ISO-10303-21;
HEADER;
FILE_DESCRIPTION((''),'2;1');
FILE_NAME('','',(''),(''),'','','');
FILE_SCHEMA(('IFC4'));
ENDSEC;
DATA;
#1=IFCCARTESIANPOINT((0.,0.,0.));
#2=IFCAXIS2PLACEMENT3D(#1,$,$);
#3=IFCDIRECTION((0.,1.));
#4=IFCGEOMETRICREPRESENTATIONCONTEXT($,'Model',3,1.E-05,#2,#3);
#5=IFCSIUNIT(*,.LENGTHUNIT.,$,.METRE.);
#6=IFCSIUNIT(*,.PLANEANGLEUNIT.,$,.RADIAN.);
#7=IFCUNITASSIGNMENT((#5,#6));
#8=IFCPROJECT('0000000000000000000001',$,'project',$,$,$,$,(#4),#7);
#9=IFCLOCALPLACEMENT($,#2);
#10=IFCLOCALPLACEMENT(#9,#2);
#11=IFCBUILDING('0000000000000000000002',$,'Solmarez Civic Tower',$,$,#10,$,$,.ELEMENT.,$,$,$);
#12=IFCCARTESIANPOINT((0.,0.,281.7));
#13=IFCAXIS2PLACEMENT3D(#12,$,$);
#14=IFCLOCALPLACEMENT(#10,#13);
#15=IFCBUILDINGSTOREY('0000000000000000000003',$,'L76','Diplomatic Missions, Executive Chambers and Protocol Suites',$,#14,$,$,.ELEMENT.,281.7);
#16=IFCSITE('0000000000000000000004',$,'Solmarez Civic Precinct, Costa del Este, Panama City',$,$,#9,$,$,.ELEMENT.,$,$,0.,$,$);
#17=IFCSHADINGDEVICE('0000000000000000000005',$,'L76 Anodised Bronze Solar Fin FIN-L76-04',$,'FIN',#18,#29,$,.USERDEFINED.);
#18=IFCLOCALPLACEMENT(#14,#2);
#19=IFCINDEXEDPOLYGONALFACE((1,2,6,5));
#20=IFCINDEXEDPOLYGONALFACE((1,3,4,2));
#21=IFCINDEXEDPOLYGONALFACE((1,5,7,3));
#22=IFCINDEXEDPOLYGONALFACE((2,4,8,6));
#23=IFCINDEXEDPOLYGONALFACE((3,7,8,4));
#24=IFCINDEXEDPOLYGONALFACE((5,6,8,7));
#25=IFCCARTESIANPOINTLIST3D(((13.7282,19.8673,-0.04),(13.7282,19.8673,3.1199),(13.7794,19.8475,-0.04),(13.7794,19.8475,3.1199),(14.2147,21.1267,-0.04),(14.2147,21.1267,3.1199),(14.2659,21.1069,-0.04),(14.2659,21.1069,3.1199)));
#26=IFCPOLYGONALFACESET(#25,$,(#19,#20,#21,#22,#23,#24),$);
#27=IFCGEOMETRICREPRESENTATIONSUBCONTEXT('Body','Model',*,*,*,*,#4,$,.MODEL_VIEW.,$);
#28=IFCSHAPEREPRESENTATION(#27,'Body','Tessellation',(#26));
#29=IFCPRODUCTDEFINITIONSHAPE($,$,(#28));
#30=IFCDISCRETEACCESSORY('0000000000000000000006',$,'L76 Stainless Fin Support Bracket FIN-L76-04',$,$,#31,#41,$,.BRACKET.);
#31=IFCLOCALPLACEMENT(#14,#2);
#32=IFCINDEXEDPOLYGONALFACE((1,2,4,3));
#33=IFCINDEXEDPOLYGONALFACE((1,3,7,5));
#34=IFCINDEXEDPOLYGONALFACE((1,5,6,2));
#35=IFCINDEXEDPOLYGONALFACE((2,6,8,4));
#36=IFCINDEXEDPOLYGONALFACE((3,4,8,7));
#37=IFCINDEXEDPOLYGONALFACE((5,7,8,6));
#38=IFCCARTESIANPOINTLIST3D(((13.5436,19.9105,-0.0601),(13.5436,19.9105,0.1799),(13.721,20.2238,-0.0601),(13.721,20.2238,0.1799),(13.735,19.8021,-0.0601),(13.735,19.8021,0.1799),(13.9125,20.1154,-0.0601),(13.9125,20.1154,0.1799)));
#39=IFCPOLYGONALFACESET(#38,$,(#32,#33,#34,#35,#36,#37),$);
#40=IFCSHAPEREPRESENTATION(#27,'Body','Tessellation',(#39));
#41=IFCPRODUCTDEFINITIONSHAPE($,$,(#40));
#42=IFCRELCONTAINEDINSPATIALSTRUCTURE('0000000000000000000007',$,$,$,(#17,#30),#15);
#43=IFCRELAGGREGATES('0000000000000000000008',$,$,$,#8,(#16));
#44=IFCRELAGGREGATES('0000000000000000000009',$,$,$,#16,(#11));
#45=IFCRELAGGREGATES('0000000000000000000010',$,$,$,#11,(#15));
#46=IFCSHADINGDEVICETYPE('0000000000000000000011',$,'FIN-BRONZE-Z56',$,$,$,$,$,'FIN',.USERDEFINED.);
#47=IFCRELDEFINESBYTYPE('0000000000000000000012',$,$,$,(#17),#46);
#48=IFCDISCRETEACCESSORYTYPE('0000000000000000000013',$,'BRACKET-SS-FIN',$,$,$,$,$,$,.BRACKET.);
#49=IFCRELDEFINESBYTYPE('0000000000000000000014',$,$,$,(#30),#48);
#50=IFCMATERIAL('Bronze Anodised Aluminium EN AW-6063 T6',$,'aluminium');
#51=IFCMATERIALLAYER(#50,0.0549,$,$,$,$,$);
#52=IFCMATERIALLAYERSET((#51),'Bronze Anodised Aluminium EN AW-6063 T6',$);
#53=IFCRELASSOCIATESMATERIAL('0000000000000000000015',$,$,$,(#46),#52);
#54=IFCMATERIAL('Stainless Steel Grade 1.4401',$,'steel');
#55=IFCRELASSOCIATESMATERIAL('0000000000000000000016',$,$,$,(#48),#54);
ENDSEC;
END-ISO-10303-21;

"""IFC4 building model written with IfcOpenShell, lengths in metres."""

from ifc_helpers import new_model, si_unit, direction, frame, origin, origin_2d, place, context, subcontext, project, spatial, rectangle, extrude, material, layer, layer_set, type_object, element, save


model = new_model("IFC4")

# Units and contexts
model_context = context("Model", 3, precision=1e-05, world=origin(), true_north=direction((0.0, 1.0)))
body_context = subcontext(model_context, "Body", "Model", "MODEL_VIEW")
ifc_project = project(units=[si_unit("LENGTHUNIT", "METRE"), si_unit("PLANEANGLEUNIT", "RADIAN")], contexts=[model_context])

# Site, building, storey
site_placement = place(None, origin())
site = spatial("IfcSite", under=ifc_project, at=site_placement, Name="Solmarez Civic Precinct, Costa del Este, Panama City", CompositionType="ELEMENT", RefElevation=0.0)
building_placement = place(site_placement, origin())
building = spatial("IfcBuilding", under=site, at=building_placement, Name="Solmarez Civic Tower", CompositionType="ELEMENT")
storey_placement = place(building_placement, frame((0.0, 0.0, 281.7)))
storey = spatial("IfcBuildingStorey", under=building, at=storey_placement, Name="L76", Description="Diplomatic Missions, Executive Chambers and Protocol Suites", CompositionType="ELEMENT", Elevation=281.7)

# Shading device
ifc_material_1 = material(Name="Bronze Anodised Aluminium EN AW-6063 T6", Category="aluminium")
ifc_layer_1 = layer(ifc_material_1, 0.0549)
ifc_layer_set_1 = layer_set([ifc_layer_1], Name="Bronze Anodised Aluminium EN AW-6063 T6")
shading_device_type = type_object("IfcShadingDeviceType", Name="FIN-BRONZE-Z56", ElementType="FIN", PredefinedType="USERDEFINED", material=ifc_layer_set_1)
shading_device_placement = place(storey_placement, frame((13.9971, 20.4871, -0.04), z_axis=(0.0, 0.0, 1.0), x_axis=(0.360355, 0.932815, 0.0)))
element("IfcShadingDevice", 1, at=shading_device_placement, inside=storey, type_object=shading_device_type, Name="L76 Anodised Bronze Solar Fin FIN-L76-04", ObjectType="FIN", PredefinedType="USERDEFINED", context=body_context, shape_type="SweptSolid", body=[
    extrude(rectangle(XDim=1.3501, YDim=0.0549, at=origin_2d()), origin(), (0.0, 0.0, 1.0), 3.1599),
])

# Discrete accessory
ifc_material_2 = material(Name="Stainless Steel Grade 1.4401", Category="steel")
discrete_accessory_type = type_object("IfcDiscreteAccessoryType", Name="BRACKET-SS-FIN", PredefinedType="BRACKET", material=ifc_material_2)
discrete_accessory_placement = place(storey_placement, frame((13.728, 20.0129, -0.0601), z_axis=(0.0, 0.0, 1.0), x_axis=(0.492757, 0.870167, 0.0)))
element("IfcDiscreteAccessory", 2, at=discrete_accessory_placement, inside=storey, type_object=discrete_accessory_type, Name="L76 Stainless Fin Support Bracket FIN-L76-04", PredefinedType="BRACKET", context=body_context, shape_type="SweptSolid", body=[
    extrude(rectangle(XDim=0.3601, YDim=0.22, at=origin_2d()), origin(), (0.0, 0.0, 1.0), 0.24),
])

save(model, "model.ifc")
